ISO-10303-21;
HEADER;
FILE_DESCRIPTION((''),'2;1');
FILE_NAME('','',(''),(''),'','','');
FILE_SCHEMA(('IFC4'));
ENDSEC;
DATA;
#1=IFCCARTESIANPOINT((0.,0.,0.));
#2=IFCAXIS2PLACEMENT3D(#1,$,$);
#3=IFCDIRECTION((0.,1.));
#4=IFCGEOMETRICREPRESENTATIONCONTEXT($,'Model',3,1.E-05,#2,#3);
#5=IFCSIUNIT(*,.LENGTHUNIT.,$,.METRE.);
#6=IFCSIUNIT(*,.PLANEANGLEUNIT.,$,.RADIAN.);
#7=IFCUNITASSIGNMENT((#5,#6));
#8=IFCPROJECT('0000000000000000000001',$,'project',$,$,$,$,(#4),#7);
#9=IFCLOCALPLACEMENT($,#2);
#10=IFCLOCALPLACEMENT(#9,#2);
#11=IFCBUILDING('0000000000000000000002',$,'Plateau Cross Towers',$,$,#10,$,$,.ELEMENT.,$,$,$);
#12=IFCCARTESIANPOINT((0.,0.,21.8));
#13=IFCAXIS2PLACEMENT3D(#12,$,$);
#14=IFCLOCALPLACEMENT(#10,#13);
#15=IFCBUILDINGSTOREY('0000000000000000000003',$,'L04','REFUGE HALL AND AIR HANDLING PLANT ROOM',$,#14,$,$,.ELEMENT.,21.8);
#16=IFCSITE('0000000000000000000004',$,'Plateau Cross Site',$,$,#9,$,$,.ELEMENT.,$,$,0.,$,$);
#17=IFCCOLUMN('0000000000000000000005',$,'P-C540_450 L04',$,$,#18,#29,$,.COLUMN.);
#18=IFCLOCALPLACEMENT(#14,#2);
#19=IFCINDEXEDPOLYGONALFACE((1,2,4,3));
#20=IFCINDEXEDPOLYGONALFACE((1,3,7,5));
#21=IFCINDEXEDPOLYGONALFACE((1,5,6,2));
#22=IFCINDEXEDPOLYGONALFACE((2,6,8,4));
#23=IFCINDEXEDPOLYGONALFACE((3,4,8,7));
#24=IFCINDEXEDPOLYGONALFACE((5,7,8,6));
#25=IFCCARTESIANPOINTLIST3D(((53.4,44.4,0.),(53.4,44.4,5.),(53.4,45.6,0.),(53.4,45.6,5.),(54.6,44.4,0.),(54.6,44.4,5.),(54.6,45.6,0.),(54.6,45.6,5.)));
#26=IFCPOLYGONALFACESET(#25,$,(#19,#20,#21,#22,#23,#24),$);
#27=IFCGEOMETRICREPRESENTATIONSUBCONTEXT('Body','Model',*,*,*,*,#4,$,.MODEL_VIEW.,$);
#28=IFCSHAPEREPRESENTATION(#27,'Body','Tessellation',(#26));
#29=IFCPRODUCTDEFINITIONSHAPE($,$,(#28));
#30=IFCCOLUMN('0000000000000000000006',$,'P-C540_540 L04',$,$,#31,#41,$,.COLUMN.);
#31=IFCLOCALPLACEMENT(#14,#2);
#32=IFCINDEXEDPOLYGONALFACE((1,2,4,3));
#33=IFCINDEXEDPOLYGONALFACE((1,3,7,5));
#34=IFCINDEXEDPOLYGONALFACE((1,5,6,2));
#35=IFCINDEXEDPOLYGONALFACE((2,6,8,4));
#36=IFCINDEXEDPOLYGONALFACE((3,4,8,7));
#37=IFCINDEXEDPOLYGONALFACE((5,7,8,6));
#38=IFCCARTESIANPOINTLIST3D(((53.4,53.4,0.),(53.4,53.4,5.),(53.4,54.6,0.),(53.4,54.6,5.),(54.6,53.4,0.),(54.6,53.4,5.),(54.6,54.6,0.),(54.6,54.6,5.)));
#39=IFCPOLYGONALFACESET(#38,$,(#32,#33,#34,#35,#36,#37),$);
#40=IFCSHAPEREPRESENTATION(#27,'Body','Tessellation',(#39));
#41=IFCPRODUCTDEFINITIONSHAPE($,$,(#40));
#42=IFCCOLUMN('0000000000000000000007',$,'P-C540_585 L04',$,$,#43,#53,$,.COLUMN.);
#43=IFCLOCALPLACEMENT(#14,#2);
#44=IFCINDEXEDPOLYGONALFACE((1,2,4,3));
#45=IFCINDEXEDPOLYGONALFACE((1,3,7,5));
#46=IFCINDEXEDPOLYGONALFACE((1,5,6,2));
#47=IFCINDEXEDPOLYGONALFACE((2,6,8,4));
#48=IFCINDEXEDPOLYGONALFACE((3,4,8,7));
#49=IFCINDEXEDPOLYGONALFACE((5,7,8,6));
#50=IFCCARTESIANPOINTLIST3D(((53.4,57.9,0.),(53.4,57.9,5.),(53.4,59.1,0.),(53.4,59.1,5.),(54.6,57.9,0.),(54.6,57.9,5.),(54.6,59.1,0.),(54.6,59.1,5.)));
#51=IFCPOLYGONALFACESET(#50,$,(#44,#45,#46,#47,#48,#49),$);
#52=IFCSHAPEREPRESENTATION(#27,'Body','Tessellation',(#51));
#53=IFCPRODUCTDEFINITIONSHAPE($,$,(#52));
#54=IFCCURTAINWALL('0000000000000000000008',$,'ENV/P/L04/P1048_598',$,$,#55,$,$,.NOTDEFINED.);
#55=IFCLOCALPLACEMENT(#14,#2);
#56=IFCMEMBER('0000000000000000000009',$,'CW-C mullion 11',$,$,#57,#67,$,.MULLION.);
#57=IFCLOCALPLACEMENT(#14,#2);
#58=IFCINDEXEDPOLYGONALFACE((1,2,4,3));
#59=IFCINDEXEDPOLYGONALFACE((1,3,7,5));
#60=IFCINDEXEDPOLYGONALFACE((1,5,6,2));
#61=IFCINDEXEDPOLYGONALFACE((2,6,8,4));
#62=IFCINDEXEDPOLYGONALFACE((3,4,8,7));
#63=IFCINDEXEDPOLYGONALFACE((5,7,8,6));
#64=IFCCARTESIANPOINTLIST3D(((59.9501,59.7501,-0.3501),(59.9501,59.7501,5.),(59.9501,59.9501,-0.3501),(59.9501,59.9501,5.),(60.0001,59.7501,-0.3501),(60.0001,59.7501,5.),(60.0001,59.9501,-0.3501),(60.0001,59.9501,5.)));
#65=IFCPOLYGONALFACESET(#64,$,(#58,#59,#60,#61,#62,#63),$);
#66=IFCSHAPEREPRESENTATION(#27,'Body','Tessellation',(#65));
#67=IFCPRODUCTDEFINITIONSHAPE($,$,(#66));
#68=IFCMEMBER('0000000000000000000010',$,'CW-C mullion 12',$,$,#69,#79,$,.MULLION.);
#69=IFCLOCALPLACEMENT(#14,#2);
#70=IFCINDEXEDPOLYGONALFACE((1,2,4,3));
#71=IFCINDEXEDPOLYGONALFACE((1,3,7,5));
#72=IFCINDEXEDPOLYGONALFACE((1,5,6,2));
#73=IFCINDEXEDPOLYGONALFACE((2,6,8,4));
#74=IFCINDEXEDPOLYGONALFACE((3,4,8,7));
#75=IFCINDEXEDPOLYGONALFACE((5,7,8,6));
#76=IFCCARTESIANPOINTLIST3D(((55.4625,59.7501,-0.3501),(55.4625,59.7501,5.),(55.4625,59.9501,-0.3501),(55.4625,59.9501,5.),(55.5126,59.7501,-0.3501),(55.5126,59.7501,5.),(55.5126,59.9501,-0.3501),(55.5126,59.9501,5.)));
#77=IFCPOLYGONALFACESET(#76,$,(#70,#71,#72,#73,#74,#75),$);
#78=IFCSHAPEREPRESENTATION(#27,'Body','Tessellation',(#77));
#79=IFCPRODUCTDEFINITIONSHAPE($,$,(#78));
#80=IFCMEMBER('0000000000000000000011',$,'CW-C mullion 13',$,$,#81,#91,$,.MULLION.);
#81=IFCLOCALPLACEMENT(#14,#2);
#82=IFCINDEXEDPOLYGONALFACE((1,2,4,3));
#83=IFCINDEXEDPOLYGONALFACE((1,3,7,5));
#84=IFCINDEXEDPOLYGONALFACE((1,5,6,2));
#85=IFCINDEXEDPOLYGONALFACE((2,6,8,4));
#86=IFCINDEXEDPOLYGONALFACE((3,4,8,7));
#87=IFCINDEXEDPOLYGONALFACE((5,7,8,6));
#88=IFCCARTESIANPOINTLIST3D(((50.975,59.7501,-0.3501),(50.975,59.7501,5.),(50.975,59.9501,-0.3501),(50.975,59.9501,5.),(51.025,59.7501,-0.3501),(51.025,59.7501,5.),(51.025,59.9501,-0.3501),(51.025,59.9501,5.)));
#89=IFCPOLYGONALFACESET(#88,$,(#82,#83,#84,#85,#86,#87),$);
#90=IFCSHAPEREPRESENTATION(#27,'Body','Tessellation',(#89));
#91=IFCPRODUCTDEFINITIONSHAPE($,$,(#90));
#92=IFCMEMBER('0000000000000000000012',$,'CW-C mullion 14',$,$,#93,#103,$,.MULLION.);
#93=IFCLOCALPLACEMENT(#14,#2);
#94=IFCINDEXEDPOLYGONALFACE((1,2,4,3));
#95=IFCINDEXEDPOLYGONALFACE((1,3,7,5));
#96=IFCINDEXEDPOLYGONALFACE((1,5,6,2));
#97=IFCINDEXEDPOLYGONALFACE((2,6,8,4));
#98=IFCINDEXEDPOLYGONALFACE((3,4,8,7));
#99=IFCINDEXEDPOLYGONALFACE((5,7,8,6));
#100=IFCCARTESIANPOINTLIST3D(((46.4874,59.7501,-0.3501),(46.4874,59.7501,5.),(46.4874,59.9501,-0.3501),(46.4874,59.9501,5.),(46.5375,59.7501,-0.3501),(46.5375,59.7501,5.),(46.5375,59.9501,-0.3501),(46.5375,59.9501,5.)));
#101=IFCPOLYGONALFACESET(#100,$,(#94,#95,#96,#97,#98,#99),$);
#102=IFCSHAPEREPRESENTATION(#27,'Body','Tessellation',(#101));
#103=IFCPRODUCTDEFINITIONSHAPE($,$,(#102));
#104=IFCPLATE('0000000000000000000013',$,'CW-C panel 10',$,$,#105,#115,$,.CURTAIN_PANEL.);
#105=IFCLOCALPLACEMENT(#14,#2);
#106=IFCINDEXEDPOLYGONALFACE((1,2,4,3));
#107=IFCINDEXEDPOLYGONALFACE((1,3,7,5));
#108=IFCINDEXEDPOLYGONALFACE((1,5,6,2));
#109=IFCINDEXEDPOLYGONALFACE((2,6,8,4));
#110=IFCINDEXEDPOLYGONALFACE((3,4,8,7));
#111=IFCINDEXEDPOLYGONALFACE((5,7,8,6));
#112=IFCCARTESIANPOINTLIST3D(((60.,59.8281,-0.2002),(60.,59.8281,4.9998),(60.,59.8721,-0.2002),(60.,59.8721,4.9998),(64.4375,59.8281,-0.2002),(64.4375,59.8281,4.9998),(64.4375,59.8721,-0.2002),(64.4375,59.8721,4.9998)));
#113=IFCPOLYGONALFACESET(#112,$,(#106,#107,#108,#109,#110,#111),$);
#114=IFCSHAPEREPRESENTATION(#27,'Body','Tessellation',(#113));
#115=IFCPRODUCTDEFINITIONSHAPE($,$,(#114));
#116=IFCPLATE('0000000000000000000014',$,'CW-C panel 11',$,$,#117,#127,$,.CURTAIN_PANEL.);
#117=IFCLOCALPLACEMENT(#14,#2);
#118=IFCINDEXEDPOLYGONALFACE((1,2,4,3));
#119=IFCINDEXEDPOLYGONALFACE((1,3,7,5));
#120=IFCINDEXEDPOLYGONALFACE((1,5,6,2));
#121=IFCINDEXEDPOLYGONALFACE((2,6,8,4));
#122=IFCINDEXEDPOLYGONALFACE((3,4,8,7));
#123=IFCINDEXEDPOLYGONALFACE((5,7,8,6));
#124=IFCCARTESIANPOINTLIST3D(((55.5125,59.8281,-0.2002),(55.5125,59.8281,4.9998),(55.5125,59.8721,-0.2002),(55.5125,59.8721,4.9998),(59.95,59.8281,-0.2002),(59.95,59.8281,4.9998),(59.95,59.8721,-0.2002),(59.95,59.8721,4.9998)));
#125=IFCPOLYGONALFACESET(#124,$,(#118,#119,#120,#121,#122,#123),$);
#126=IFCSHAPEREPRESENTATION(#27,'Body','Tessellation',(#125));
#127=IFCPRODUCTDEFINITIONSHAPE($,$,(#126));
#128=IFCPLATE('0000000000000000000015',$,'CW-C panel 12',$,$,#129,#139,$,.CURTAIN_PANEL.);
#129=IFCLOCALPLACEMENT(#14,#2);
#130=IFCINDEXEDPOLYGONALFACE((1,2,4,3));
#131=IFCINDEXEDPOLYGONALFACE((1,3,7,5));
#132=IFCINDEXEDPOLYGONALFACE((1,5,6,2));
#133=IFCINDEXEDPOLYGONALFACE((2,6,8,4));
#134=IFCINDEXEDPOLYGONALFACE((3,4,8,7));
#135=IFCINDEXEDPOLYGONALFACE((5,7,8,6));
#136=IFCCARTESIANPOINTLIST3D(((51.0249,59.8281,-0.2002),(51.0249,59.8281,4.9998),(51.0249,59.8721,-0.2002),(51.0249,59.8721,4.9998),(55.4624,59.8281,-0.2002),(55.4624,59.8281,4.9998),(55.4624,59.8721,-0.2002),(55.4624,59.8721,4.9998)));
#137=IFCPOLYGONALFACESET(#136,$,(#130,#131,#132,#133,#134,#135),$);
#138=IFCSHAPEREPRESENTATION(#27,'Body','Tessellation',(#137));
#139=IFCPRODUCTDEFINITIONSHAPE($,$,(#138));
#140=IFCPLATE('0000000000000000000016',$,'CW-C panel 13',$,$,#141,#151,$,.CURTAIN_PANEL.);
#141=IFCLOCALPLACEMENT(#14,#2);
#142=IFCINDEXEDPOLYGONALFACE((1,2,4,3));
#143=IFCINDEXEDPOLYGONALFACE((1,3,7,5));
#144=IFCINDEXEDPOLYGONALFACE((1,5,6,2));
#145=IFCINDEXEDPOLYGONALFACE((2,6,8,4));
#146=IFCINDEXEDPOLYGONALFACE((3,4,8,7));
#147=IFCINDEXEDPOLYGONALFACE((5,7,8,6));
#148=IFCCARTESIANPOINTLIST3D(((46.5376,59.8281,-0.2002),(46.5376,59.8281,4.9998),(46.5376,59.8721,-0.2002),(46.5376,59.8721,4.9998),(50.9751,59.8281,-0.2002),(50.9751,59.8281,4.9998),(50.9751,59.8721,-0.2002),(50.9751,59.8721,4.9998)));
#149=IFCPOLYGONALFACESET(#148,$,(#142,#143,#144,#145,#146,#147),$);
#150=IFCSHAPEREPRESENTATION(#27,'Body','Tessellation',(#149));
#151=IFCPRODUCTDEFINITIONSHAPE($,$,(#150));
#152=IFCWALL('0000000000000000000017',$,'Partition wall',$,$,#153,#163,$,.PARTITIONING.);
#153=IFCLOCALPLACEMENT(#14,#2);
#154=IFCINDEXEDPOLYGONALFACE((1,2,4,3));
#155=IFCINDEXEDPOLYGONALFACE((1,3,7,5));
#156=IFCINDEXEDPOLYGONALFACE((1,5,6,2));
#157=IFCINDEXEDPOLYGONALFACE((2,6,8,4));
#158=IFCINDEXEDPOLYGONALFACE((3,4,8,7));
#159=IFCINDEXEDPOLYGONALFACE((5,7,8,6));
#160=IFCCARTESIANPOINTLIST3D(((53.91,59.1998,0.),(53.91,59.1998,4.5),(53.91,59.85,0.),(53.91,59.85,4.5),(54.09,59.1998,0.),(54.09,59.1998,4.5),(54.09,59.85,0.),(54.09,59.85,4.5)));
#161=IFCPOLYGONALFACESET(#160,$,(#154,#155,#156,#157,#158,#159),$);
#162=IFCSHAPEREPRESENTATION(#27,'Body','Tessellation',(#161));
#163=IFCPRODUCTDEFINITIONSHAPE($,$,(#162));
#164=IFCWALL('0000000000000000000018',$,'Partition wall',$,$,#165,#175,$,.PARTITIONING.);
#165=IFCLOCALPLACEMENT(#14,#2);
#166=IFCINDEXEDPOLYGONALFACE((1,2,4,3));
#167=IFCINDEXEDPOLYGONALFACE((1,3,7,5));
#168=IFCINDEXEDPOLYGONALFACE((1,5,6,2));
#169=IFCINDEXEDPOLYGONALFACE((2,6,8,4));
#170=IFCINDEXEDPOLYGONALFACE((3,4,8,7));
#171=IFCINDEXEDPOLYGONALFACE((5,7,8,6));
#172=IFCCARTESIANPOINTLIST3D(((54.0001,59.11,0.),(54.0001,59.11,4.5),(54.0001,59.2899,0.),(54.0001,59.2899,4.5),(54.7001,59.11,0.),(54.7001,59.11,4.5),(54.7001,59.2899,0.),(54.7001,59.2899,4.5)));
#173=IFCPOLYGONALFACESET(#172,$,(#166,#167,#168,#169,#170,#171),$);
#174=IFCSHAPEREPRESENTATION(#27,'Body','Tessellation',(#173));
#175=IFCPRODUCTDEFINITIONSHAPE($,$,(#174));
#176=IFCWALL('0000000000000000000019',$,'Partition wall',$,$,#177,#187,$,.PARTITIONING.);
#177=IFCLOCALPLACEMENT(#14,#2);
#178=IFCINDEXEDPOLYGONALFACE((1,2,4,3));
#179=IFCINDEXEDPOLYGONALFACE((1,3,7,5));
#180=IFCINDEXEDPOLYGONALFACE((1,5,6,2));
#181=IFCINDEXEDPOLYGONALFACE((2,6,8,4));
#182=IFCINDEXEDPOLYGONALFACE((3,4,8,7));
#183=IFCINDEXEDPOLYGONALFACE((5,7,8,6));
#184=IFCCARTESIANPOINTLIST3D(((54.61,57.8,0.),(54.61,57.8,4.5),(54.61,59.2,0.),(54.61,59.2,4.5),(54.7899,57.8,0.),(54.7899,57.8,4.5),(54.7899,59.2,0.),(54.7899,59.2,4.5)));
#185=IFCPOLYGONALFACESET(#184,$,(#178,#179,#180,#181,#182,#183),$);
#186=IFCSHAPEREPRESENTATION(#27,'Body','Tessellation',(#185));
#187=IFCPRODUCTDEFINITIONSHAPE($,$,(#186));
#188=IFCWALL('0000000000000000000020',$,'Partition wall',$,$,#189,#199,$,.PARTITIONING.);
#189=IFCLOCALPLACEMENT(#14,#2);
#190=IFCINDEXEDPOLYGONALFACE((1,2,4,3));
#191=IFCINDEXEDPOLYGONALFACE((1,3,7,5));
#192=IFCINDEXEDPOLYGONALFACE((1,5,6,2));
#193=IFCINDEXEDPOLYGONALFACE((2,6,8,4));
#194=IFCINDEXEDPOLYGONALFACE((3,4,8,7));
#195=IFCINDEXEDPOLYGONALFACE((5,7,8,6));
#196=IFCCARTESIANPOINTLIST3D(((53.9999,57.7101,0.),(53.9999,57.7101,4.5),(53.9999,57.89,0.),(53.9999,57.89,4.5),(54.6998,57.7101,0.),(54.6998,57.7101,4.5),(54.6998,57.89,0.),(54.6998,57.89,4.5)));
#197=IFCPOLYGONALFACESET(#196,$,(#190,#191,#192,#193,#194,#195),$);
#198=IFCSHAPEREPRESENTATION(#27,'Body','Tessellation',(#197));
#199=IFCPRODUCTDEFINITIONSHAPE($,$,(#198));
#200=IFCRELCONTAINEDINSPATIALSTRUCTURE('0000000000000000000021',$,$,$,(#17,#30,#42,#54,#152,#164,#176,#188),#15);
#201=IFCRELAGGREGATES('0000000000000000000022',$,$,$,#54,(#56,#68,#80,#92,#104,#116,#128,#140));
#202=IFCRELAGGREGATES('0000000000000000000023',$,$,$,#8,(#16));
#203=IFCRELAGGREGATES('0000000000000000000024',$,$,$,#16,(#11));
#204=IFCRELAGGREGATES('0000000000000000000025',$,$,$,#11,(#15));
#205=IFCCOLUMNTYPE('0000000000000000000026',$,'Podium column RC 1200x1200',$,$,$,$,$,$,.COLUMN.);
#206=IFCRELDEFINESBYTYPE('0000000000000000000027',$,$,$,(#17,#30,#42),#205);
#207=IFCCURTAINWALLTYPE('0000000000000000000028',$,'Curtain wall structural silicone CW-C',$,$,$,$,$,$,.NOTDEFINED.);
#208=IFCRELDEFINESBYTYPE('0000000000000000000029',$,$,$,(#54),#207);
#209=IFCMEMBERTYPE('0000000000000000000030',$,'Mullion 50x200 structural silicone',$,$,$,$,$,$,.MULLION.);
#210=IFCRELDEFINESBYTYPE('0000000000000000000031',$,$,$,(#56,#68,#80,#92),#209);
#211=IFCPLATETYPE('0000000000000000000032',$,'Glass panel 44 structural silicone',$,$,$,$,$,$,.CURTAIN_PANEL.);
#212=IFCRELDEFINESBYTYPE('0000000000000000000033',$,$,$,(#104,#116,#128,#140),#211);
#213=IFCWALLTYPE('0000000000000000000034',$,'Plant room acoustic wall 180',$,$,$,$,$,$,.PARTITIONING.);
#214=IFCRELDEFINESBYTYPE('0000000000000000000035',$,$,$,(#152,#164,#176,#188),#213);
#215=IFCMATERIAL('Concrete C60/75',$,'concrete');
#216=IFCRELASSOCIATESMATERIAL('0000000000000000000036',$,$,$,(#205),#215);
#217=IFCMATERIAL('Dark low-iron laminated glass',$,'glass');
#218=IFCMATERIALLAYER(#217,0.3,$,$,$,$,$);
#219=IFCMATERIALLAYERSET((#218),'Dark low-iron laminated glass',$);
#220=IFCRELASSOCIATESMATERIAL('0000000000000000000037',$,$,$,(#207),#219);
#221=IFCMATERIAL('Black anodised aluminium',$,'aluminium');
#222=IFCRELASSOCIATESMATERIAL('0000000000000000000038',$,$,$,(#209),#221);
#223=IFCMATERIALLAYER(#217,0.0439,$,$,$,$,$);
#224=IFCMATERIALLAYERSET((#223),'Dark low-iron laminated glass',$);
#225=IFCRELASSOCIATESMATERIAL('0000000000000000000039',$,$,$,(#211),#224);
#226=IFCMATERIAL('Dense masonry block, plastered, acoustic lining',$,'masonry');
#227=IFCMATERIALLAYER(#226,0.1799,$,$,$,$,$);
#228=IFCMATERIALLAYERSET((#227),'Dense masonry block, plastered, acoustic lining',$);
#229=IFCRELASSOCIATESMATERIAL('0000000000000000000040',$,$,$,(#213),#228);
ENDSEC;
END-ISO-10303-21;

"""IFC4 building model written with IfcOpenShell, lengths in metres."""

from ifc_helpers import new_model, si_unit, direction, frame, frame_2d, origin, origin_2d, place, context, subcontext, project, spatial, rectangle, extrude, material, layer, layer_set, material_profile, profile_set, type_object, element, aggregate, save


model = new_model("IFC4")

# Units and contexts
model_context = context("Model", 3, precision=1e-05, world=origin(), true_north=direction((0.0, 1.0)))
body_context = subcontext(model_context, "Body", "Model", "MODEL_VIEW")
ifc_project = project(units=[si_unit("LENGTHUNIT", "METRE"), si_unit("PLANEANGLEUNIT", "RADIAN")], contexts=[model_context])

# Site, building, storey
site_placement = place(None, origin())
site = spatial("IfcSite", under=ifc_project, at=site_placement, Name="Plateau Cross Site", CompositionType="ELEMENT", RefElevation=0.0)
building_placement = place(site_placement, origin())
building = spatial("IfcBuilding", under=site, at=building_placement, Name="Plateau Cross Towers", CompositionType="ELEMENT")
storey_placement = place(building_placement, frame((0.0, 0.0, 21.8)))
storey = spatial("IfcBuildingStorey", under=building, at=storey_placement, Name="L04", Description="REFUGE HALL AND AIR HANDLING PLANT ROOM", CompositionType="ELEMENT", Elevation=21.8)

# Columns
ifc_material_1 = material(Name="Concrete C60/75", Category="concrete")
ifc_material_profile_1 = material_profile(ifc_material_1, rectangle(XDim=1.2, YDim=1.2, at=origin_2d()), Name="RC 1200x1200")
ifc_profile_set_1 = profile_set([ifc_material_profile_1], Name="Concrete C60/75")
column_type = type_object("IfcColumnType", Name="Podium column RC 1200x1200", PredefinedType="COLUMN", material=ifc_profile_set_1)
for number, where, z_axis, x_axis, name in (
    (1, (54.0, 45.0, 0.0), (0.0, 0.0, 1.0), (1.0, 0.0, 0.0), "P-C540_450 L04"),
    (2, (54.0, 54.0, 0.0), (0.0, 0.0, 1.0), (1.0, 0.0, 0.0), "P-C540_540 L04"),
    (3, (54.0, 58.5, 0.0), (0.0, 0.0, 1.0), (1.0, 0.0, 0.0), "P-C540_585 L04"),
):
    element("IfcColumn", number, at=place(storey_placement, frame(where, z_axis=z_axis, x_axis=x_axis)), inside=storey, type_object=column_type, Name=name, PredefinedType="COLUMN", context=body_context, shape_type="SweptSolid", body=[
        extrude(rectangle(XDim=1.2, YDim=1.2, at=origin_2d()), origin(), (0.0, 0.0, 1.0), 5.0),
    ])

# Curtain wall, members, plates
ifc_material_2 = material(Name="Dark low-iron laminated glass", Category="glass")
ifc_layer_1 = layer(ifc_material_2, 0.3)
ifc_layer_set_1 = layer_set([ifc_layer_1], Name="Dark low-iron laminated glass")
curtain_wall_type = type_object("IfcCurtainWallType", Name="Curtain wall structural silicone CW-C", PredefinedType="NOTDEFINED", material=ifc_layer_set_1)
curtain_wall_placement = place(storey_placement, origin())
curtain_wall = element("IfcCurtainWall", 4, at=curtain_wall_placement, inside=storey, type_object=curtain_wall_type, Name="ENV/P/L04/P1048_598", PredefinedType="NOTDEFINED")
ifc_material_3 = material(Name="Black anodised aluminium", Category="aluminium")
ifc_material_profile_2 = material_profile(ifc_material_3, rectangle(XDim=0.05, YDim=0.2, at=origin_2d()), Name="MULLION 50x200")
ifc_profile_set_2 = profile_set([ifc_material_profile_2], Name="Black anodised aluminium")
member_type = type_object("IfcMemberType", Name="Mullion 50x200 structural silicone", PredefinedType="MULLION", material=ifc_profile_set_2)
member_1_placement = place(storey_placement, frame((59.9751, 59.8501, -0.3501), z_axis=(0.0, 0.0, 1.0), x_axis=(-1.0, 0.0, 0.0)))
member_1 = element("IfcMember", 5, at=member_1_placement, type_object=member_type, Name="CW-C mullion 11", PredefinedType="MULLION", context=body_context, shape_type="SweptSolid", body=[
    extrude(rectangle(XDim=0.05, YDim=0.2, at=origin_2d()), origin(), (0.0, 0.0, 1.0), 5.3501),
])
member_2_placement = place(storey_placement, frame((55.4875, 59.8501, -0.3501), z_axis=(0.0, 0.0, 1.0), x_axis=(-1.0, 0.0, 0.0)))
member_2 = element("IfcMember", 6, at=member_2_placement, type_object=member_type, Name="CW-C mullion 12", PredefinedType="MULLION", context=body_context, shape_type="SweptSolid", body=[
    extrude(rectangle(XDim=0.05, YDim=0.2, at=origin_2d()), origin(), (0.0, 0.0, 1.0), 5.3501),
])
member_3_placement = place(storey_placement, frame((51.0, 59.8501, -0.3501), z_axis=(0.0, 0.0, 1.0), x_axis=(-1.0, 0.0, 0.0)))
member_3 = element("IfcMember", 7, at=member_3_placement, type_object=member_type, Name="CW-C mullion 13", PredefinedType="MULLION", context=body_context, shape_type="SweptSolid", body=[
    extrude(rectangle(XDim=0.05, YDim=0.2, at=origin_2d()), origin(), (0.0, 0.0, 1.0), 5.3501),
])
member_4_placement = place(storey_placement, frame((46.5125, 59.8501, -0.3501), z_axis=(0.0, 0.0, 1.0), x_axis=(-1.0, 0.0, 0.0)))
member_4 = element("IfcMember", 8, at=member_4_placement, type_object=member_type, Name="CW-C mullion 14", PredefinedType="MULLION", context=body_context, shape_type="SweptSolid", body=[
    extrude(rectangle(XDim=0.05, YDim=0.2, at=origin_2d()), origin(), (0.0, 0.0, 1.0), 5.3501),
])
ifc_layer_2 = layer(ifc_material_2, 0.0439)
ifc_layer_set_2 = layer_set([ifc_layer_2], Name="Dark low-iron laminated glass")
plate_type = type_object("IfcPlateType", Name="Glass panel 44 structural silicone", PredefinedType="CURTAIN_PANEL", material=ifc_layer_set_2)
plate_1_placement = place(storey_placement, frame((62.2188, 59.8501, -0.2002), z_axis=(0.0, 0.0, 1.0), x_axis=(-1.0, 0.0, 0.0)))
plate_1 = element("IfcPlate", 9, at=plate_1_placement, type_object=plate_type, Name="CW-C panel 10", PredefinedType="CURTAIN_PANEL", context=body_context, shape_type="SweptSolid", body=[
    extrude(rectangle(XDim=4.4375, YDim=0.0439, at=origin_2d()), origin(), (0.0, 0.0, 1.0), 5.2),
])
plate_2_placement = place(storey_placement, frame((57.7312, 59.8501, -0.2002), z_axis=(0.0, 0.0, 1.0), x_axis=(-1.0, 0.0, 0.0)))
plate_2 = element("IfcPlate", 10, at=plate_2_placement, type_object=plate_type, Name="CW-C panel 11", PredefinedType="CURTAIN_PANEL", context=body_context, shape_type="SweptSolid", body=[
    extrude(rectangle(XDim=4.4375, YDim=0.0439, at=origin_2d()), origin(), (0.0, 0.0, 1.0), 5.2),
])
plate_3_placement = place(storey_placement, frame((53.2437, 59.8501, -0.2002), z_axis=(0.0, 0.0, 1.0), x_axis=(-1.0, 0.0, 0.0)))
plate_3 = element("IfcPlate", 11, at=plate_3_placement, type_object=plate_type, Name="CW-C panel 12", PredefinedType="CURTAIN_PANEL", context=body_context, shape_type="SweptSolid", body=[
    extrude(rectangle(XDim=4.4375, YDim=0.0439, at=origin_2d()), origin(), (0.0, 0.0, 1.0), 5.2),
])
plate_4_placement = place(storey_placement, frame((48.7563, 59.8501, -0.2002), z_axis=(0.0, 0.0, 1.0), x_axis=(-1.0, 0.0, 0.0)))
plate_4 = element("IfcPlate", 12, at=plate_4_placement, type_object=plate_type, Name="CW-C panel 13", PredefinedType="CURTAIN_PANEL", context=body_context, shape_type="SweptSolid", body=[
    extrude(rectangle(XDim=4.4375, YDim=0.0439, at=origin_2d()), origin(), (0.0, 0.0, 1.0), 5.2),
])
aggregate(curtain_wall, [member_1, member_2, member_3, member_4, plate_1, plate_2, plate_3, plate_4])

# Walls
ifc_material_4 = material(Name="Dense masonry block, plastered, acoustic lining", Category="masonry")
ifc_layer_3 = layer(ifc_material_4, 0.1799)
ifc_layer_set_3 = layer_set([ifc_layer_3], Name="Dense masonry block, plastered, acoustic lining")
wall_type_1 = type_object("IfcWallType", Name="Plant room acoustic wall 180", PredefinedType="PARTITIONING", material=ifc_layer_set_3)
wall_1_placement = place(storey_placement, frame((54.0, 59.8501, 0.0), z_axis=(0.0, 0.0, 1.0), x_axis=(0.0, -1.0, 0.0)))
element("IfcWall", 13, at=wall_1_placement, inside=storey, type_object=wall_type_1, Name="Partition wall", PredefinedType="PARTITIONING", context=body_context, shape_type="SweptSolid", body=[
    extrude(rectangle(XDim=0.6501, YDim=0.1799, at=frame_2d((0.3252, 0.0))), origin(), (0.0, 0.0, 1.0), 4.5),
])
wall_2_placement = place(storey_placement, frame((54.0, 59.2, 0.0), z_axis=(0.0, 0.0, 1.0), x_axis=(1.0, 0.0, 0.0)))
element("IfcWall", 14, at=wall_2_placement, inside=storey, type_object=wall_type_1, Name="Partition wall", PredefinedType="PARTITIONING", context=body_context, shape_type="SweptSolid", body=[
    extrude(rectangle(XDim=0.7, YDim=0.1799, at=frame_2d((0.3501, 0.0))), origin(), (0.0, 0.0, 1.0), 4.5),
])
wall_3_placement = place(storey_placement, frame((54.7, 59.2, 0.0), z_axis=(0.0, 0.0, 1.0), x_axis=(0.0, -1.0, 0.0)))
element("IfcWall", 15, at=wall_3_placement, inside=storey, type_object=wall_type_1, Name="Partition wall", PredefinedType="PARTITIONING", context=body_context, shape_type="SweptSolid", body=[
    extrude(rectangle(XDim=1.3999, YDim=0.1799, at=frame_2d((0.7, 0.0))), origin(), (0.0, 0.0, 1.0), 4.5),
])
wall_4_placement = place(storey_placement, frame((54.7, 57.8, 0.0), z_axis=(0.0, 0.0, 1.0), x_axis=(-1.0, 0.0, 0.0)))
element("IfcWall", 16, at=wall_4_placement, inside=storey, type_object=wall_type_1, Name="Partition wall", PredefinedType="PARTITIONING", context=body_context, shape_type="SweptSolid", body=[
    extrude(rectangle(XDim=0.7, YDim=0.1799, at=frame_2d((0.3501, 0.0))), origin(), (0.0, 0.0, 1.0), 4.5),
])

save(model, "model.ifc")
